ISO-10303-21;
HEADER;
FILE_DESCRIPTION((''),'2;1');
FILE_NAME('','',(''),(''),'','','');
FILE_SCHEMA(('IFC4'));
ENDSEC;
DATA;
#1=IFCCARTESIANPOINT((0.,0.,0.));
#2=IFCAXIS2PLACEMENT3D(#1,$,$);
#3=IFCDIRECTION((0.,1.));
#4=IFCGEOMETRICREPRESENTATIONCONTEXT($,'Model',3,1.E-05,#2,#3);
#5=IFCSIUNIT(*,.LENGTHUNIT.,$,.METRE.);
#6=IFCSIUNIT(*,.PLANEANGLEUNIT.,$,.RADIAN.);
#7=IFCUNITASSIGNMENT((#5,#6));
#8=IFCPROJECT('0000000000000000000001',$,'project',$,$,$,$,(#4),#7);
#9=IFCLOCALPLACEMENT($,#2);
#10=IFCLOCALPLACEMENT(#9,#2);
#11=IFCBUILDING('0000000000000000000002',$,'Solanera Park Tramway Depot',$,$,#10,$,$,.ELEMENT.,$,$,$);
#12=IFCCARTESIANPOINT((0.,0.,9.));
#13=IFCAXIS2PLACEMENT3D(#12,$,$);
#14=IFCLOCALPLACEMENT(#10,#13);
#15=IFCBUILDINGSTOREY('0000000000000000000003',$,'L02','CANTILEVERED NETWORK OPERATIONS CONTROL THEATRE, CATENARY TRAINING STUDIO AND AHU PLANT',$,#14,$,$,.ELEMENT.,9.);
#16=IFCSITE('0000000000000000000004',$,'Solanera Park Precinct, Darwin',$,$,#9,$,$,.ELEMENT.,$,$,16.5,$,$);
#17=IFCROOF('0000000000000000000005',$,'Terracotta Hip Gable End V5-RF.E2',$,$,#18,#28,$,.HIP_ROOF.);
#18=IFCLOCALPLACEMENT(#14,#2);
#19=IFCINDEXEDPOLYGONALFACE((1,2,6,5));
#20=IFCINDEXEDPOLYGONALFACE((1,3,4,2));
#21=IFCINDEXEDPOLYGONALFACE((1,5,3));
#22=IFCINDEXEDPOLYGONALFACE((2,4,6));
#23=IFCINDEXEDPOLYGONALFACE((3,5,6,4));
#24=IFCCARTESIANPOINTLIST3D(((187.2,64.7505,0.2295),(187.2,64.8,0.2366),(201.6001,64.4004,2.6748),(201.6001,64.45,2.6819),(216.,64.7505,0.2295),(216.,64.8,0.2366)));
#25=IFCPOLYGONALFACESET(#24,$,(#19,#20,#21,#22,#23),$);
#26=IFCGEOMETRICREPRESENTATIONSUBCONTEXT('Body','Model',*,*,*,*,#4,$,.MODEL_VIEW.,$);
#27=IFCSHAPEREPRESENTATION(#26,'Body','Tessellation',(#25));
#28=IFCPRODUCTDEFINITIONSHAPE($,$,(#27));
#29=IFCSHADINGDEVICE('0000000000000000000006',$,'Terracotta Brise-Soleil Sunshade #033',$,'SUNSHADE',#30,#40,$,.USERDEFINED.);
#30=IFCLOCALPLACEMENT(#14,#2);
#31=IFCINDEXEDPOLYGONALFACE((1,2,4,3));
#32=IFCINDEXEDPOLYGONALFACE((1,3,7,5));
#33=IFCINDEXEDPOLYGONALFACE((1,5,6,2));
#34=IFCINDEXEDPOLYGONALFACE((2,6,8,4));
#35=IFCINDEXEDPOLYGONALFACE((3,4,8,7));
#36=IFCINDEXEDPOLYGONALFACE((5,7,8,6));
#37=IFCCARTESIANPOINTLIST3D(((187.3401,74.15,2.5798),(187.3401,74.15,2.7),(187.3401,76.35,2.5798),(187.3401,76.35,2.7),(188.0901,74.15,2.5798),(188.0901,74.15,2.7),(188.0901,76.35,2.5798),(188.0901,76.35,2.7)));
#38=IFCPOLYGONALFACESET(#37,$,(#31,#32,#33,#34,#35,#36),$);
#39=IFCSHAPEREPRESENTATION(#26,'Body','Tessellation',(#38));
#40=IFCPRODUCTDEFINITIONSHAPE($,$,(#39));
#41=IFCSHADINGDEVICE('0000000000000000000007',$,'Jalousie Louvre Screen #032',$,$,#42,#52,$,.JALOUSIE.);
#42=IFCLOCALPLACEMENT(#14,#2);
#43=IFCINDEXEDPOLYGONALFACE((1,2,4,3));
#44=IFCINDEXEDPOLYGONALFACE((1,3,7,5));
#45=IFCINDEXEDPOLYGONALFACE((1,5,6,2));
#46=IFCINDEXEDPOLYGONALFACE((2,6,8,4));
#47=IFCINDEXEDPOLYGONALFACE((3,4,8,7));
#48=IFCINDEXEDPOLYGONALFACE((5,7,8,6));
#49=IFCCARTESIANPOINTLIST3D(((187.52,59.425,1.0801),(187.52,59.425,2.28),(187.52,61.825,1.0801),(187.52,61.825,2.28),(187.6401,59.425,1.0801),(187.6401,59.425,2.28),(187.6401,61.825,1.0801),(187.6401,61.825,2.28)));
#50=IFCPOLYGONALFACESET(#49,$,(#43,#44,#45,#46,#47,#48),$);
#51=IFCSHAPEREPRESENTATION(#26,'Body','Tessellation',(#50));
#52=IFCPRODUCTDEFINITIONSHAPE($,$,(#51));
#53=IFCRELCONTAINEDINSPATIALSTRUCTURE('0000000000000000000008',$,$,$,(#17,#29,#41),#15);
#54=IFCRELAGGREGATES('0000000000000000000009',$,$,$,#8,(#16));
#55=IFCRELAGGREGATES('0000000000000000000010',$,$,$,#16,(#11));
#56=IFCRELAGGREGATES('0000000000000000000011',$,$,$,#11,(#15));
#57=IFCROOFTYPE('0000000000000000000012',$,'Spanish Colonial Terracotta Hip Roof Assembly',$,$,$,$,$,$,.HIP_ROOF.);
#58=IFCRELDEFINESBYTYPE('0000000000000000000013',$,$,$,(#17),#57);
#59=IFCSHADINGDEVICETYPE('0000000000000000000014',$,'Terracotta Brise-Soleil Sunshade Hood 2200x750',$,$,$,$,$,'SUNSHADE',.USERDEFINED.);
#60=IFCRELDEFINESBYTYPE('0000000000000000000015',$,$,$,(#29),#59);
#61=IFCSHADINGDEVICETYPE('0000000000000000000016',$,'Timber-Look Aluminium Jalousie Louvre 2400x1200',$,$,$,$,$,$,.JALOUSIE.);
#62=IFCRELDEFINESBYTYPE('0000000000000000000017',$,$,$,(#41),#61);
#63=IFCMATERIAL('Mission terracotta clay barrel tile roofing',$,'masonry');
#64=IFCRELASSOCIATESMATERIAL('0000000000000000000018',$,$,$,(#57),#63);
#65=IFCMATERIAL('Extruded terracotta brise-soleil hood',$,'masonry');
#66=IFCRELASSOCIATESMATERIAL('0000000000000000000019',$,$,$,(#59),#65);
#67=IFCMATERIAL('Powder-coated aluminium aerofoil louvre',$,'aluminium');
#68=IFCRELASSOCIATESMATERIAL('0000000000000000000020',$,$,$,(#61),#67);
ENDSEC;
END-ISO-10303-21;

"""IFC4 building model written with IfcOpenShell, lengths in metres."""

from ifc_helpers import new_model, si_unit, direction, frame, origin, origin_2d, place, context, subcontext, project, spatial, polyline, rectangle, outline, extrude, material, type_object, element, save


model = new_model("IFC4")

# Units and contexts
model_context = context("Model", 3, precision=1e-05, world=origin(), true_north=direction((0.0, 1.0)))
body_context = subcontext(model_context, "Body", "Model", "MODEL_VIEW")
ifc_project = project(units=[si_unit("LENGTHUNIT", "METRE"), si_unit("PLANEANGLEUNIT", "RADIAN")], contexts=[model_context])

# Site, building, storey
site_placement = place(None, origin())
site = spatial("IfcSite", under=ifc_project, at=site_placement, Name="Solanera Park Precinct, Darwin", CompositionType="ELEMENT", RefElevation=16.5)
building_placement = place(site_placement, origin())
building = spatial("IfcBuilding", under=site, at=building_placement, Name="Solanera Park Tramway Depot", CompositionType="ELEMENT")
storey_placement = place(building_placement, frame((0.0, 0.0, 9.0)))
storey = spatial("IfcBuildingStorey", under=building, at=storey_placement, Name="L02", Description="CANTILEVERED NETWORK OPERATIONS CONTROL THEATRE, CATENARY TRAINING STUDIO AND AHU PLANT", CompositionType="ELEMENT", Elevation=9.0)

# Roof
ifc_material_1 = material(Name="Mission terracotta clay barrel tile roofing", Category="masonry")
roof_type = type_object("IfcRoofType", Name="Spanish Colonial Terracotta Hip Roof Assembly", PredefinedType="HIP_ROOF", material=ifc_material_1)
roof_placement = place(storey_placement, frame((216.0, 64.8, 0.2366), z_axis=(0.0, 0.989906, 0.141726), x_axis=(-1.0, 0.0, 0.0)))
element("IfcRoof", 1, at=roof_placement, inside=storey, type_object=roof_type, Name="Terracotta Hip Gable End V5-RF.E2", PredefinedType="HIP_ROOF", context=body_context, shape_type="SweptSolid", body=[
    extrude(outline(polyline([(0.0, 0.0), (28.8, 0.0), (14.3999, 2.4702), (0.0, 0.0)])), origin(), (0.0, 0.0, -1.0), 0.05),
])

# Shading devices
ifc_material_2 = material(Name="Extruded terracotta brise-soleil hood", Category="masonry")
shading_device_type_1 = type_object("IfcShadingDeviceType", Name="Terracotta Brise-Soleil Sunshade Hood 2200x750", ElementType="SUNSHADE", PredefinedType="USERDEFINED", material=ifc_material_2)
shading_device_1_placement = place(storey_placement, frame((187.7151, 75.25, 2.5798), z_axis=(0.0, 0.0, 1.0), x_axis=(0.0, 1.0, 0.0)))
element("IfcShadingDevice", 2, at=shading_device_1_placement, inside=storey, type_object=shading_device_type_1, Name="Terracotta Brise-Soleil Sunshade #033", ObjectType="SUNSHADE", PredefinedType="USERDEFINED", context=body_context, shape_type="SweptSolid", body=[
    extrude(rectangle(XDim=2.2, YDim=0.75, at=origin_2d()), origin(), (0.0, 0.0, 1.0), 0.1201),
])
ifc_material_3 = material(Name="Powder-coated aluminium aerofoil louvre", Category="aluminium")
shading_device_type_2 = type_object("IfcShadingDeviceType", Name="Timber-Look Aluminium Jalousie Louvre 2400x1200", PredefinedType="JALOUSIE", material=ifc_material_3)
shading_device_2_placement = place(storey_placement, frame((187.5801, 60.625, 1.0801), z_axis=(0.0, 0.0, 1.0), x_axis=(0.0, 1.0, 0.0)))
element("IfcShadingDevice", 3, at=shading_device_2_placement, inside=storey, type_object=shading_device_type_2, Name="Jalousie Louvre Screen #032", PredefinedType="JALOUSIE", context=body_context, shape_type="SweptSolid", body=[
    extrude(rectangle(XDim=2.3999, YDim=0.1201, at=origin_2d()), origin(), (0.0, 0.0, 1.0), 1.2),
])

save(model, "model.ifc")
